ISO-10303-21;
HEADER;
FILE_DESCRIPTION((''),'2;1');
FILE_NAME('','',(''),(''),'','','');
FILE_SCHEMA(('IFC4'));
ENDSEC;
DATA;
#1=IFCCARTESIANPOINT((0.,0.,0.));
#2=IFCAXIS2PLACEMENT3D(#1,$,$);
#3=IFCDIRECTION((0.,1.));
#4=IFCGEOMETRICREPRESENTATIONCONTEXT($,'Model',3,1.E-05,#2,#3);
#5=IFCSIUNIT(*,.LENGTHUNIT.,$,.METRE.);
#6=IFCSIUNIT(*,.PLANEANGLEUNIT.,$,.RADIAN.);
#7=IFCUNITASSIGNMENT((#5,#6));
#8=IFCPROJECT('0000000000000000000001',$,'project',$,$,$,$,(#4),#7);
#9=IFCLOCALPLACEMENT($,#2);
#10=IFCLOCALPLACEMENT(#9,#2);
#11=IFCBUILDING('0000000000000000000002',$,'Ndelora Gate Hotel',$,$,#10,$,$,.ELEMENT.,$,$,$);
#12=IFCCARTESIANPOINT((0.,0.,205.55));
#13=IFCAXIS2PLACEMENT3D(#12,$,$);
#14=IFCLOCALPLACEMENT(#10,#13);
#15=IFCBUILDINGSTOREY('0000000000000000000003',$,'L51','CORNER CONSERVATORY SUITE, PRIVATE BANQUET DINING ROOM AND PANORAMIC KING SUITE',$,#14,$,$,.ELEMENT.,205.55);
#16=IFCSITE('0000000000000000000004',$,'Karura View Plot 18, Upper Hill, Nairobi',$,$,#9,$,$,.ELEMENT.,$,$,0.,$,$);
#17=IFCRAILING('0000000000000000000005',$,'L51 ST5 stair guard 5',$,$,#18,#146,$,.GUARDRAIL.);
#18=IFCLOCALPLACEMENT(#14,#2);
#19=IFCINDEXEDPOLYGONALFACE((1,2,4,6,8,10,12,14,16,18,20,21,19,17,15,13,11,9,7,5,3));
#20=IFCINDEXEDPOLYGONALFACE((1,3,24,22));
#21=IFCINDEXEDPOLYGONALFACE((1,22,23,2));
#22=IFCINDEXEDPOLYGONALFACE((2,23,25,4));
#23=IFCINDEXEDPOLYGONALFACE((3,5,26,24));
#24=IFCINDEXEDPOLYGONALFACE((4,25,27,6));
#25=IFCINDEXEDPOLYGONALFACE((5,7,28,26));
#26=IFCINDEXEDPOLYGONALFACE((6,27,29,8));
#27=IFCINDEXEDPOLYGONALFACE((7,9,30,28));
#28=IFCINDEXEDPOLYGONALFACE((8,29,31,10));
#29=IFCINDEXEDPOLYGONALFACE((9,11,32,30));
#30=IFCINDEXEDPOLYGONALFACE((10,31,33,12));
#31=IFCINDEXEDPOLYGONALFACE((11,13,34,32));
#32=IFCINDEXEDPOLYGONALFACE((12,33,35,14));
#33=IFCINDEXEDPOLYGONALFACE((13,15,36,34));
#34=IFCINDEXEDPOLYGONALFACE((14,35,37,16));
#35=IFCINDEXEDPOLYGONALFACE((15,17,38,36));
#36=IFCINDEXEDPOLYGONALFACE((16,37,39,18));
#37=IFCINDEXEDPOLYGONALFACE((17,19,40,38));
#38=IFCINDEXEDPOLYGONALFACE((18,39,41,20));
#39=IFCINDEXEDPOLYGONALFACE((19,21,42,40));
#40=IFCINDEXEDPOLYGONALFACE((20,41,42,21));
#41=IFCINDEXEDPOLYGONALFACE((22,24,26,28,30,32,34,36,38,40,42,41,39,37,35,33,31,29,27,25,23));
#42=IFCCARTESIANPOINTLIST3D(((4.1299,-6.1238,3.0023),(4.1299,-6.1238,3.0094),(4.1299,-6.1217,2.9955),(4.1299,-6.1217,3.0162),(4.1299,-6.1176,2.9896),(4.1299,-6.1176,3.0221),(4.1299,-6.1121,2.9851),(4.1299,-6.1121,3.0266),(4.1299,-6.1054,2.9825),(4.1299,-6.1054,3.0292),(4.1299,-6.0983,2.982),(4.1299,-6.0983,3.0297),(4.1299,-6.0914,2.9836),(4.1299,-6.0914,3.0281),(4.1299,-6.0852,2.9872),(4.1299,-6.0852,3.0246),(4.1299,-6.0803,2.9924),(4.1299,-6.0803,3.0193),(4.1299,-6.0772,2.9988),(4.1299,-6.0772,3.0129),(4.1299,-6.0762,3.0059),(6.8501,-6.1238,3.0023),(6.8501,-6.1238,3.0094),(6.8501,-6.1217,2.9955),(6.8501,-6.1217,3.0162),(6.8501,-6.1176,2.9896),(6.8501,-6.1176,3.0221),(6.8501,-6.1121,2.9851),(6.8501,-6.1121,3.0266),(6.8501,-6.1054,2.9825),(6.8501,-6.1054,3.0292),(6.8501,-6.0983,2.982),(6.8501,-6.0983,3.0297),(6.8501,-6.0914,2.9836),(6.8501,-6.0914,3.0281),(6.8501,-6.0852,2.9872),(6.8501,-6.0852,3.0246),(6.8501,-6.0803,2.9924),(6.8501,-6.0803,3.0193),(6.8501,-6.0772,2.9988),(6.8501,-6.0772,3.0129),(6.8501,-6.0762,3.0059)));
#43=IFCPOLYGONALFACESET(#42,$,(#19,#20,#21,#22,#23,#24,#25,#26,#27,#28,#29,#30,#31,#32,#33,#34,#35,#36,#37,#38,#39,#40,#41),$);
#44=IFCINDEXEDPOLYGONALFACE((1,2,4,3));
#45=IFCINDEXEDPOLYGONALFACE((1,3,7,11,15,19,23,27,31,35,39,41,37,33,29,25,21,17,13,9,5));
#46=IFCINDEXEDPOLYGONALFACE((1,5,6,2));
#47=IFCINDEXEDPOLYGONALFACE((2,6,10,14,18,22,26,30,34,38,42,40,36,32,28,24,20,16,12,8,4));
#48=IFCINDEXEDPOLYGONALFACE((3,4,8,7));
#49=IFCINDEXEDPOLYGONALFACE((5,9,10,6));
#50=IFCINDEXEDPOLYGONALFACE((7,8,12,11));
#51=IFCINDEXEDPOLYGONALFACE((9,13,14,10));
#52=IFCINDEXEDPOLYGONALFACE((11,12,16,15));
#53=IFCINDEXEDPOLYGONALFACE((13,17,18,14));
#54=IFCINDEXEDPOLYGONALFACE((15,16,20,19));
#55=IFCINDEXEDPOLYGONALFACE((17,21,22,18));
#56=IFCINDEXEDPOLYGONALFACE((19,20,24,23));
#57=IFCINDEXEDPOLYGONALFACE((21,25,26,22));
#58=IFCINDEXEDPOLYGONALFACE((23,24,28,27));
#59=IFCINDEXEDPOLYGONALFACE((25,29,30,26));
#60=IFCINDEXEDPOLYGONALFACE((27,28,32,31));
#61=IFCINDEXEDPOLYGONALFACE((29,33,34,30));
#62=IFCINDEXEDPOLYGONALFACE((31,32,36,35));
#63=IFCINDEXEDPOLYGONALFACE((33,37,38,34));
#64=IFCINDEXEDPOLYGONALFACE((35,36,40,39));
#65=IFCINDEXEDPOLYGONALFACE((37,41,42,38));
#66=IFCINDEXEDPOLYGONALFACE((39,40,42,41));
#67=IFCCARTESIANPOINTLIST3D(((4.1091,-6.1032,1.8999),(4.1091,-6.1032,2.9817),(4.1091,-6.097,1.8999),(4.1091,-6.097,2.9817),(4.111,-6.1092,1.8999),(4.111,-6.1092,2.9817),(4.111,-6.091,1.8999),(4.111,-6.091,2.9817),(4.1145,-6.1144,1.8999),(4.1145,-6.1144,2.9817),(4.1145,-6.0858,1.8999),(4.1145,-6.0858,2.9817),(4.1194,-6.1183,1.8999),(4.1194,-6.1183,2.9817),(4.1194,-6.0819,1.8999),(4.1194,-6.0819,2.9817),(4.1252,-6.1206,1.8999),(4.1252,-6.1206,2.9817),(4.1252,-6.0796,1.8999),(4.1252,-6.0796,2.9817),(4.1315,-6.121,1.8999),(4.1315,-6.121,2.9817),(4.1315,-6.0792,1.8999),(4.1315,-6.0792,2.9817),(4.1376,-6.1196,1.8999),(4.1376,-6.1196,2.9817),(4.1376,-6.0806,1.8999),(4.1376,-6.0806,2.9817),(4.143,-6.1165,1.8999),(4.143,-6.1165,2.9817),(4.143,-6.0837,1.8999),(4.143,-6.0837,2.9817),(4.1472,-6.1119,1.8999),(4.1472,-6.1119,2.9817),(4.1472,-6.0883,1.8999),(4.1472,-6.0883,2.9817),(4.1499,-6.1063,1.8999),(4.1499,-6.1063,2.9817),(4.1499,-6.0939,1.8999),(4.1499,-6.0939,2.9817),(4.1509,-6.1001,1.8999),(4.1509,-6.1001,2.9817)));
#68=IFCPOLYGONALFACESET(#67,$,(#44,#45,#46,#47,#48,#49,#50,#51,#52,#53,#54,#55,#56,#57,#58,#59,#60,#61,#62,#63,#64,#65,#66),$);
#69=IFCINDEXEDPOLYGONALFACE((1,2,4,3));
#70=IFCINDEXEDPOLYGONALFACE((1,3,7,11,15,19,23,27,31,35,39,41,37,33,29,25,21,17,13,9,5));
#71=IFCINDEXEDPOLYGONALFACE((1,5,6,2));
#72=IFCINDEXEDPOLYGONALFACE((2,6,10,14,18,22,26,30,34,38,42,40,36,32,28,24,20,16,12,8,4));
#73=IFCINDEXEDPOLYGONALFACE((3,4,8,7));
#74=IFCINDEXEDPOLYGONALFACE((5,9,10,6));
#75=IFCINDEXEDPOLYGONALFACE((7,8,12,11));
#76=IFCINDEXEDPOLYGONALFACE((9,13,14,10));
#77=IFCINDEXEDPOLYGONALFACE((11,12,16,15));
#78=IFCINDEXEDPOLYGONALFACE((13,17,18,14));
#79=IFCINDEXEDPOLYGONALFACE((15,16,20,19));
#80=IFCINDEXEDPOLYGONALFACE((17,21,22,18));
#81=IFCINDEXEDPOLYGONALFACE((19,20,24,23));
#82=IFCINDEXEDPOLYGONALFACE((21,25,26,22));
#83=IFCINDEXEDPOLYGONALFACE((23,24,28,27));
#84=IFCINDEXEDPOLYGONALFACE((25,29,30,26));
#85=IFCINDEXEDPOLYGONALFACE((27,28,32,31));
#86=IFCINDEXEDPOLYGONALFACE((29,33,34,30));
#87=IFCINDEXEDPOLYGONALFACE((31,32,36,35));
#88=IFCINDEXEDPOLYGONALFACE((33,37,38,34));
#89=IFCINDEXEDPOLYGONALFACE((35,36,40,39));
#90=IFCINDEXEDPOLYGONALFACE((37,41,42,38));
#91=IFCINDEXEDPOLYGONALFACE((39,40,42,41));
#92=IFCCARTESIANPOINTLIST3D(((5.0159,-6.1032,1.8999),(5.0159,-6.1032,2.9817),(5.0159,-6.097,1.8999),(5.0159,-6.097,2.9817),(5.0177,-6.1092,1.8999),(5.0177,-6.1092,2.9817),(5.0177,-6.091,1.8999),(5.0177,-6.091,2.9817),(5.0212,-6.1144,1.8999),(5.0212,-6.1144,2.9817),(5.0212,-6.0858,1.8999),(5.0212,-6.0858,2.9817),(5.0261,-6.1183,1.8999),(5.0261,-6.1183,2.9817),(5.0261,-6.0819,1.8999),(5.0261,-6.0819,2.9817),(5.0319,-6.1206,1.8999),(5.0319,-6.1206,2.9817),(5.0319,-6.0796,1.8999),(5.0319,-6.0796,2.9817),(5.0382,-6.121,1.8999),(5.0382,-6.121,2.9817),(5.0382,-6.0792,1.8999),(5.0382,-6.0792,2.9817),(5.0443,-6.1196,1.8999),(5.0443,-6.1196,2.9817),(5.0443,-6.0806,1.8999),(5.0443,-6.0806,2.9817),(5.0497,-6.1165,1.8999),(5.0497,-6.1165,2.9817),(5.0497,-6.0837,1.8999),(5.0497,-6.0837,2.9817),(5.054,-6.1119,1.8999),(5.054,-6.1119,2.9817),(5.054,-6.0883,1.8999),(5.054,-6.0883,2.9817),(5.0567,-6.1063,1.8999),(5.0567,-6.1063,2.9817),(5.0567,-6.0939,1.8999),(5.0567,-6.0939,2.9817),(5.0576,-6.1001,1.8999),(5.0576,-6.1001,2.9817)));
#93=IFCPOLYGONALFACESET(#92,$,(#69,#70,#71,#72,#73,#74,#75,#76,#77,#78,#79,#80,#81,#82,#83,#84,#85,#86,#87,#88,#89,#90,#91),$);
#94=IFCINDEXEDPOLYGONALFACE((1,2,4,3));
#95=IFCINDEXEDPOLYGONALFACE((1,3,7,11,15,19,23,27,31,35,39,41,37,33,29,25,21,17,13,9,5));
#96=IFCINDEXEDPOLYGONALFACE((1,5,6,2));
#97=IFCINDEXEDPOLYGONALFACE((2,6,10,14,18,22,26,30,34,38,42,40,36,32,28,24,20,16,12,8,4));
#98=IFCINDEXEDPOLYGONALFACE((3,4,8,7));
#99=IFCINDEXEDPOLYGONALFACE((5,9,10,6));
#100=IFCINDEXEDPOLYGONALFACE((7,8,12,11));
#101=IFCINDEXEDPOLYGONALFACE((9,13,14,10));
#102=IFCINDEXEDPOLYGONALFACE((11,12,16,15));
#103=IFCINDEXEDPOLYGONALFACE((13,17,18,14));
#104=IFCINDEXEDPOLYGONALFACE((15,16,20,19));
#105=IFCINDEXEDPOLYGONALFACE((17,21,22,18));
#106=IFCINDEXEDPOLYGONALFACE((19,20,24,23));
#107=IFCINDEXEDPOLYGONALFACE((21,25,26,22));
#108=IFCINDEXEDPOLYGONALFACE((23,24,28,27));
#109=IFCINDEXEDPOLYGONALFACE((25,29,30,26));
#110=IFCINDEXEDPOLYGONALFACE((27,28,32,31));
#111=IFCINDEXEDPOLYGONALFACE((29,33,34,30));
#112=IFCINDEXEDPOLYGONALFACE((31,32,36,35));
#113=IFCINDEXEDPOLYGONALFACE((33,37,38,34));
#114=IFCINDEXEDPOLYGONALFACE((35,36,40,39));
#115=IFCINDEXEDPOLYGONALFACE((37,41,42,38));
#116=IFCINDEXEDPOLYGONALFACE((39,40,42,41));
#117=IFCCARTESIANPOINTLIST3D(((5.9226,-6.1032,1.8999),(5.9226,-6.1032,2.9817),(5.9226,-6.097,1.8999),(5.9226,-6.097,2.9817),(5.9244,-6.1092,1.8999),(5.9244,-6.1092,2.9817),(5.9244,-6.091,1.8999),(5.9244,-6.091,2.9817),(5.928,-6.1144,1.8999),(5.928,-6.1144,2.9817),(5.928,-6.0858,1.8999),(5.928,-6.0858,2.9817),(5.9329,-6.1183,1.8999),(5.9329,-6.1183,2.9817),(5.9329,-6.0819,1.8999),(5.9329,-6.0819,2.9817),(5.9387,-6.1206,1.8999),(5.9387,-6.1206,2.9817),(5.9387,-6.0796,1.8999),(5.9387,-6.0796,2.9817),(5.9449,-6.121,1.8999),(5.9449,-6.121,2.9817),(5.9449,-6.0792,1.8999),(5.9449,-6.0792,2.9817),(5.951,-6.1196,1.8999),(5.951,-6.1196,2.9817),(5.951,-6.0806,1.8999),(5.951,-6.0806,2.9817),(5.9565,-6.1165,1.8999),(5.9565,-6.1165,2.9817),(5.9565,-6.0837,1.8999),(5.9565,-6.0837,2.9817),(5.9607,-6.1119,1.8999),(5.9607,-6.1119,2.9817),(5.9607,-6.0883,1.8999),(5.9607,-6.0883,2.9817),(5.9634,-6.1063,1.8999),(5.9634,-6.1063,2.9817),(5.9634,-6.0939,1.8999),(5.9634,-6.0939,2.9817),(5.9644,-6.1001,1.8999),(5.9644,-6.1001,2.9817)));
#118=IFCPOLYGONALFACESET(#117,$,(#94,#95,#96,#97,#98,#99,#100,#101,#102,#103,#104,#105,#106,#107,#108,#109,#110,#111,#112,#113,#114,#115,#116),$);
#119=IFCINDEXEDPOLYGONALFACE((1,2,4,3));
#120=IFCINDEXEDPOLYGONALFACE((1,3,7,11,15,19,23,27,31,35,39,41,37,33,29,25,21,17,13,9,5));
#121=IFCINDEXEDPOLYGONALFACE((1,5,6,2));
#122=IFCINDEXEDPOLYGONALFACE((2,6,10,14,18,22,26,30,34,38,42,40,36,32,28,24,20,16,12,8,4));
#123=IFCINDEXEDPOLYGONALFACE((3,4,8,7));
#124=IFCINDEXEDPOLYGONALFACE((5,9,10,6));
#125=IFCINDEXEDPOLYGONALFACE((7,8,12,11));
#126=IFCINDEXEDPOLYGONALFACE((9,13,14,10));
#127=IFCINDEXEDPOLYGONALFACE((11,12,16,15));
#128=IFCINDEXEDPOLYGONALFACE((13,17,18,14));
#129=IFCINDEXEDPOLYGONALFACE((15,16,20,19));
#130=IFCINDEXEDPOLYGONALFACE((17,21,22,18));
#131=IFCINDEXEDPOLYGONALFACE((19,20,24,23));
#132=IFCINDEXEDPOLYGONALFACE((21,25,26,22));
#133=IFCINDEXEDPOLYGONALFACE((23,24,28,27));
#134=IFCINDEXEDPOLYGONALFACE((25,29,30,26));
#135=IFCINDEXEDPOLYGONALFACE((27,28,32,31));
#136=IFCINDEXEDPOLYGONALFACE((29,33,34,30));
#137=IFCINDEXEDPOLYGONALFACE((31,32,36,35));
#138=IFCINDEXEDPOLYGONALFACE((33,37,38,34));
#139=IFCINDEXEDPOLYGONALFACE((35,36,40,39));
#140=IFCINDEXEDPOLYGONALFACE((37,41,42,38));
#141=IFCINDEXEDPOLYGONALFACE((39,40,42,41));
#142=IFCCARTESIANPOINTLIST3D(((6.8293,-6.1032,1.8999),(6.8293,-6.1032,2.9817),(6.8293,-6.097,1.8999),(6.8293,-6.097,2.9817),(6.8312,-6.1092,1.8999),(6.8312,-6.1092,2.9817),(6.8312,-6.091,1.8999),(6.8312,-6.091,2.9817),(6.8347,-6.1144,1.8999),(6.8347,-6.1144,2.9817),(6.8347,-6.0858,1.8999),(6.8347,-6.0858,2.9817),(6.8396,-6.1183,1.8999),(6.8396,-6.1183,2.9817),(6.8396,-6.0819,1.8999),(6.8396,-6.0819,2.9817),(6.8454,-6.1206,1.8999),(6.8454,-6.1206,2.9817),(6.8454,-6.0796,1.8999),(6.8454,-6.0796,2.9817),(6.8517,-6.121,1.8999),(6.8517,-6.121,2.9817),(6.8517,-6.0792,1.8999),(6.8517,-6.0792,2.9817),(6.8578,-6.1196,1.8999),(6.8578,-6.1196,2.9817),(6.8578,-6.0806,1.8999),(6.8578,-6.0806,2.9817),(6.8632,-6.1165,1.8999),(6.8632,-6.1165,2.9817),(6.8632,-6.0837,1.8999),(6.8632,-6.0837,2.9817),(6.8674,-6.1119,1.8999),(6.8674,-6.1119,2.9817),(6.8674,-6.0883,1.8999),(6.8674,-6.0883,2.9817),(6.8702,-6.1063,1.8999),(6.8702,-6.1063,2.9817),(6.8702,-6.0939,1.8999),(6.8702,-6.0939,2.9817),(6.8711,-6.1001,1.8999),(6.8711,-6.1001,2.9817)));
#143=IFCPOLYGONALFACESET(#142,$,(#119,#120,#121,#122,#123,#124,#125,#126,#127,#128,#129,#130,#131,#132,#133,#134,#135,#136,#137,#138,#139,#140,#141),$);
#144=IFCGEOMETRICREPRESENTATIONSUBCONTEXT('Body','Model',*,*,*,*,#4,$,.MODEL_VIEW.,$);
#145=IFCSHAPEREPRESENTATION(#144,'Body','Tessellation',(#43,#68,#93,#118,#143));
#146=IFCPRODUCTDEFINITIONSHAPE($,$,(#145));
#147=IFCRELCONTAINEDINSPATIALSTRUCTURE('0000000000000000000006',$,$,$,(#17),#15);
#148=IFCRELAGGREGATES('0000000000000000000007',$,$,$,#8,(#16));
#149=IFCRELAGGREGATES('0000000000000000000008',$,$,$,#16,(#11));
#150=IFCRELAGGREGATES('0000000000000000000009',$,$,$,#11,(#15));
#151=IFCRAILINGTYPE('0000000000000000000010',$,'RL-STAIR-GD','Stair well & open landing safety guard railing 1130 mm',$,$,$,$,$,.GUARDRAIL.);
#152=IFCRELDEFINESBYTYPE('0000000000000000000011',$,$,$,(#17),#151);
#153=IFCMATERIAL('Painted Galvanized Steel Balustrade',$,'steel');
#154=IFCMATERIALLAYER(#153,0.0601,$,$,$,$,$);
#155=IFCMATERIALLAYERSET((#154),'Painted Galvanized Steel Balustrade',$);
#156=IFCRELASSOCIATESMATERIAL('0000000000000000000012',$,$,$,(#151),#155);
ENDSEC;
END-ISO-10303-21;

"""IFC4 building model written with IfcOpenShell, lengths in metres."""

from ifc_helpers import new_model, si_unit, direction, frame, origin, origin_2d, place, context, subcontext, project, spatial, circle, extrude, material, layer, layer_set, type_object, element, save


model = new_model("IFC4")

# Units and contexts
model_context = context("Model", 3, precision=1e-05, world=origin(), true_north=direction((0.0, 1.0)))
body_context = subcontext(model_context, "Body", "Model", "MODEL_VIEW")
ifc_project = project(units=[si_unit("LENGTHUNIT", "METRE"), si_unit("PLANEANGLEUNIT", "RADIAN")], contexts=[model_context])

# Site, building, storey
site_placement = place(None, origin())
site = spatial("IfcSite", under=ifc_project, at=site_placement, Name="Karura View Plot 18, Upper Hill, Nairobi", CompositionType="ELEMENT", RefElevation=0.0)
building_placement = place(site_placement, origin())
building = spatial("IfcBuilding", under=site, at=building_placement, Name="Ndelora Gate Hotel", CompositionType="ELEMENT")
storey_placement = place(building_placement, frame((0.0, 0.0, 205.55)))
storey = spatial("IfcBuildingStorey", under=building, at=storey_placement, Name="L51", Description="CORNER CONSERVATORY SUITE, PRIVATE BANQUET DINING ROOM AND PANORAMIC KING SUITE", CompositionType="ELEMENT", Elevation=205.55)

# Railing
ifc_material_1 = material(Name="Painted Galvanized Steel Balustrade", Category="steel")
ifc_layer_1 = layer(ifc_material_1, 0.0601)
ifc_layer_set_1 = layer_set([ifc_layer_1], Name="Painted Galvanized Steel Balustrade")
railing_type = type_object("IfcRailingType", Name="RL-STAIR-GD", Description="Stair well & open landing safety guard railing 1130 mm", PredefinedType="GUARDRAIL", material=ifc_layer_set_1)
railing_1_placement = place(storey_placement, frame((4.1299, -6.1001, 1.8999)))
element("IfcRailing", 1, at=railing_1_placement, inside=storey, type_object=railing_type, Name="L51 ST5 stair guard 5", PredefinedType="GUARDRAIL", context=body_context, shape_type="SweptSolid", body=[
    extrude(circle(Radius=0.0239, at=origin_2d()), frame((0.0, 0.0, 1.106), z_axis=(1.0, 0.0, 0.0), x_axis=(0.0, 1.0, 0.0)), (0.0, 0.0, 1.0), 2.7202),
    extrude(circle(Radius=0.021, at=origin_2d()), origin(), (0.0, 0.0, 1.0), 1.0818),
    extrude(circle(Radius=0.021, at=origin_2d()), frame((0.9067, 0.0, 0.0)), (0.0, 0.0, 1.0), 1.0818),
    extrude(circle(Radius=0.021, at=origin_2d()), frame((1.8135, 0.0, 0.0)), (0.0, 0.0, 1.0), 1.0818),
    extrude(circle(Radius=0.021, at=origin_2d()), frame((2.7202, 0.0, 0.0)), (0.0, 0.0, 1.0), 1.0818),
])

save(model, "model.ifc")
